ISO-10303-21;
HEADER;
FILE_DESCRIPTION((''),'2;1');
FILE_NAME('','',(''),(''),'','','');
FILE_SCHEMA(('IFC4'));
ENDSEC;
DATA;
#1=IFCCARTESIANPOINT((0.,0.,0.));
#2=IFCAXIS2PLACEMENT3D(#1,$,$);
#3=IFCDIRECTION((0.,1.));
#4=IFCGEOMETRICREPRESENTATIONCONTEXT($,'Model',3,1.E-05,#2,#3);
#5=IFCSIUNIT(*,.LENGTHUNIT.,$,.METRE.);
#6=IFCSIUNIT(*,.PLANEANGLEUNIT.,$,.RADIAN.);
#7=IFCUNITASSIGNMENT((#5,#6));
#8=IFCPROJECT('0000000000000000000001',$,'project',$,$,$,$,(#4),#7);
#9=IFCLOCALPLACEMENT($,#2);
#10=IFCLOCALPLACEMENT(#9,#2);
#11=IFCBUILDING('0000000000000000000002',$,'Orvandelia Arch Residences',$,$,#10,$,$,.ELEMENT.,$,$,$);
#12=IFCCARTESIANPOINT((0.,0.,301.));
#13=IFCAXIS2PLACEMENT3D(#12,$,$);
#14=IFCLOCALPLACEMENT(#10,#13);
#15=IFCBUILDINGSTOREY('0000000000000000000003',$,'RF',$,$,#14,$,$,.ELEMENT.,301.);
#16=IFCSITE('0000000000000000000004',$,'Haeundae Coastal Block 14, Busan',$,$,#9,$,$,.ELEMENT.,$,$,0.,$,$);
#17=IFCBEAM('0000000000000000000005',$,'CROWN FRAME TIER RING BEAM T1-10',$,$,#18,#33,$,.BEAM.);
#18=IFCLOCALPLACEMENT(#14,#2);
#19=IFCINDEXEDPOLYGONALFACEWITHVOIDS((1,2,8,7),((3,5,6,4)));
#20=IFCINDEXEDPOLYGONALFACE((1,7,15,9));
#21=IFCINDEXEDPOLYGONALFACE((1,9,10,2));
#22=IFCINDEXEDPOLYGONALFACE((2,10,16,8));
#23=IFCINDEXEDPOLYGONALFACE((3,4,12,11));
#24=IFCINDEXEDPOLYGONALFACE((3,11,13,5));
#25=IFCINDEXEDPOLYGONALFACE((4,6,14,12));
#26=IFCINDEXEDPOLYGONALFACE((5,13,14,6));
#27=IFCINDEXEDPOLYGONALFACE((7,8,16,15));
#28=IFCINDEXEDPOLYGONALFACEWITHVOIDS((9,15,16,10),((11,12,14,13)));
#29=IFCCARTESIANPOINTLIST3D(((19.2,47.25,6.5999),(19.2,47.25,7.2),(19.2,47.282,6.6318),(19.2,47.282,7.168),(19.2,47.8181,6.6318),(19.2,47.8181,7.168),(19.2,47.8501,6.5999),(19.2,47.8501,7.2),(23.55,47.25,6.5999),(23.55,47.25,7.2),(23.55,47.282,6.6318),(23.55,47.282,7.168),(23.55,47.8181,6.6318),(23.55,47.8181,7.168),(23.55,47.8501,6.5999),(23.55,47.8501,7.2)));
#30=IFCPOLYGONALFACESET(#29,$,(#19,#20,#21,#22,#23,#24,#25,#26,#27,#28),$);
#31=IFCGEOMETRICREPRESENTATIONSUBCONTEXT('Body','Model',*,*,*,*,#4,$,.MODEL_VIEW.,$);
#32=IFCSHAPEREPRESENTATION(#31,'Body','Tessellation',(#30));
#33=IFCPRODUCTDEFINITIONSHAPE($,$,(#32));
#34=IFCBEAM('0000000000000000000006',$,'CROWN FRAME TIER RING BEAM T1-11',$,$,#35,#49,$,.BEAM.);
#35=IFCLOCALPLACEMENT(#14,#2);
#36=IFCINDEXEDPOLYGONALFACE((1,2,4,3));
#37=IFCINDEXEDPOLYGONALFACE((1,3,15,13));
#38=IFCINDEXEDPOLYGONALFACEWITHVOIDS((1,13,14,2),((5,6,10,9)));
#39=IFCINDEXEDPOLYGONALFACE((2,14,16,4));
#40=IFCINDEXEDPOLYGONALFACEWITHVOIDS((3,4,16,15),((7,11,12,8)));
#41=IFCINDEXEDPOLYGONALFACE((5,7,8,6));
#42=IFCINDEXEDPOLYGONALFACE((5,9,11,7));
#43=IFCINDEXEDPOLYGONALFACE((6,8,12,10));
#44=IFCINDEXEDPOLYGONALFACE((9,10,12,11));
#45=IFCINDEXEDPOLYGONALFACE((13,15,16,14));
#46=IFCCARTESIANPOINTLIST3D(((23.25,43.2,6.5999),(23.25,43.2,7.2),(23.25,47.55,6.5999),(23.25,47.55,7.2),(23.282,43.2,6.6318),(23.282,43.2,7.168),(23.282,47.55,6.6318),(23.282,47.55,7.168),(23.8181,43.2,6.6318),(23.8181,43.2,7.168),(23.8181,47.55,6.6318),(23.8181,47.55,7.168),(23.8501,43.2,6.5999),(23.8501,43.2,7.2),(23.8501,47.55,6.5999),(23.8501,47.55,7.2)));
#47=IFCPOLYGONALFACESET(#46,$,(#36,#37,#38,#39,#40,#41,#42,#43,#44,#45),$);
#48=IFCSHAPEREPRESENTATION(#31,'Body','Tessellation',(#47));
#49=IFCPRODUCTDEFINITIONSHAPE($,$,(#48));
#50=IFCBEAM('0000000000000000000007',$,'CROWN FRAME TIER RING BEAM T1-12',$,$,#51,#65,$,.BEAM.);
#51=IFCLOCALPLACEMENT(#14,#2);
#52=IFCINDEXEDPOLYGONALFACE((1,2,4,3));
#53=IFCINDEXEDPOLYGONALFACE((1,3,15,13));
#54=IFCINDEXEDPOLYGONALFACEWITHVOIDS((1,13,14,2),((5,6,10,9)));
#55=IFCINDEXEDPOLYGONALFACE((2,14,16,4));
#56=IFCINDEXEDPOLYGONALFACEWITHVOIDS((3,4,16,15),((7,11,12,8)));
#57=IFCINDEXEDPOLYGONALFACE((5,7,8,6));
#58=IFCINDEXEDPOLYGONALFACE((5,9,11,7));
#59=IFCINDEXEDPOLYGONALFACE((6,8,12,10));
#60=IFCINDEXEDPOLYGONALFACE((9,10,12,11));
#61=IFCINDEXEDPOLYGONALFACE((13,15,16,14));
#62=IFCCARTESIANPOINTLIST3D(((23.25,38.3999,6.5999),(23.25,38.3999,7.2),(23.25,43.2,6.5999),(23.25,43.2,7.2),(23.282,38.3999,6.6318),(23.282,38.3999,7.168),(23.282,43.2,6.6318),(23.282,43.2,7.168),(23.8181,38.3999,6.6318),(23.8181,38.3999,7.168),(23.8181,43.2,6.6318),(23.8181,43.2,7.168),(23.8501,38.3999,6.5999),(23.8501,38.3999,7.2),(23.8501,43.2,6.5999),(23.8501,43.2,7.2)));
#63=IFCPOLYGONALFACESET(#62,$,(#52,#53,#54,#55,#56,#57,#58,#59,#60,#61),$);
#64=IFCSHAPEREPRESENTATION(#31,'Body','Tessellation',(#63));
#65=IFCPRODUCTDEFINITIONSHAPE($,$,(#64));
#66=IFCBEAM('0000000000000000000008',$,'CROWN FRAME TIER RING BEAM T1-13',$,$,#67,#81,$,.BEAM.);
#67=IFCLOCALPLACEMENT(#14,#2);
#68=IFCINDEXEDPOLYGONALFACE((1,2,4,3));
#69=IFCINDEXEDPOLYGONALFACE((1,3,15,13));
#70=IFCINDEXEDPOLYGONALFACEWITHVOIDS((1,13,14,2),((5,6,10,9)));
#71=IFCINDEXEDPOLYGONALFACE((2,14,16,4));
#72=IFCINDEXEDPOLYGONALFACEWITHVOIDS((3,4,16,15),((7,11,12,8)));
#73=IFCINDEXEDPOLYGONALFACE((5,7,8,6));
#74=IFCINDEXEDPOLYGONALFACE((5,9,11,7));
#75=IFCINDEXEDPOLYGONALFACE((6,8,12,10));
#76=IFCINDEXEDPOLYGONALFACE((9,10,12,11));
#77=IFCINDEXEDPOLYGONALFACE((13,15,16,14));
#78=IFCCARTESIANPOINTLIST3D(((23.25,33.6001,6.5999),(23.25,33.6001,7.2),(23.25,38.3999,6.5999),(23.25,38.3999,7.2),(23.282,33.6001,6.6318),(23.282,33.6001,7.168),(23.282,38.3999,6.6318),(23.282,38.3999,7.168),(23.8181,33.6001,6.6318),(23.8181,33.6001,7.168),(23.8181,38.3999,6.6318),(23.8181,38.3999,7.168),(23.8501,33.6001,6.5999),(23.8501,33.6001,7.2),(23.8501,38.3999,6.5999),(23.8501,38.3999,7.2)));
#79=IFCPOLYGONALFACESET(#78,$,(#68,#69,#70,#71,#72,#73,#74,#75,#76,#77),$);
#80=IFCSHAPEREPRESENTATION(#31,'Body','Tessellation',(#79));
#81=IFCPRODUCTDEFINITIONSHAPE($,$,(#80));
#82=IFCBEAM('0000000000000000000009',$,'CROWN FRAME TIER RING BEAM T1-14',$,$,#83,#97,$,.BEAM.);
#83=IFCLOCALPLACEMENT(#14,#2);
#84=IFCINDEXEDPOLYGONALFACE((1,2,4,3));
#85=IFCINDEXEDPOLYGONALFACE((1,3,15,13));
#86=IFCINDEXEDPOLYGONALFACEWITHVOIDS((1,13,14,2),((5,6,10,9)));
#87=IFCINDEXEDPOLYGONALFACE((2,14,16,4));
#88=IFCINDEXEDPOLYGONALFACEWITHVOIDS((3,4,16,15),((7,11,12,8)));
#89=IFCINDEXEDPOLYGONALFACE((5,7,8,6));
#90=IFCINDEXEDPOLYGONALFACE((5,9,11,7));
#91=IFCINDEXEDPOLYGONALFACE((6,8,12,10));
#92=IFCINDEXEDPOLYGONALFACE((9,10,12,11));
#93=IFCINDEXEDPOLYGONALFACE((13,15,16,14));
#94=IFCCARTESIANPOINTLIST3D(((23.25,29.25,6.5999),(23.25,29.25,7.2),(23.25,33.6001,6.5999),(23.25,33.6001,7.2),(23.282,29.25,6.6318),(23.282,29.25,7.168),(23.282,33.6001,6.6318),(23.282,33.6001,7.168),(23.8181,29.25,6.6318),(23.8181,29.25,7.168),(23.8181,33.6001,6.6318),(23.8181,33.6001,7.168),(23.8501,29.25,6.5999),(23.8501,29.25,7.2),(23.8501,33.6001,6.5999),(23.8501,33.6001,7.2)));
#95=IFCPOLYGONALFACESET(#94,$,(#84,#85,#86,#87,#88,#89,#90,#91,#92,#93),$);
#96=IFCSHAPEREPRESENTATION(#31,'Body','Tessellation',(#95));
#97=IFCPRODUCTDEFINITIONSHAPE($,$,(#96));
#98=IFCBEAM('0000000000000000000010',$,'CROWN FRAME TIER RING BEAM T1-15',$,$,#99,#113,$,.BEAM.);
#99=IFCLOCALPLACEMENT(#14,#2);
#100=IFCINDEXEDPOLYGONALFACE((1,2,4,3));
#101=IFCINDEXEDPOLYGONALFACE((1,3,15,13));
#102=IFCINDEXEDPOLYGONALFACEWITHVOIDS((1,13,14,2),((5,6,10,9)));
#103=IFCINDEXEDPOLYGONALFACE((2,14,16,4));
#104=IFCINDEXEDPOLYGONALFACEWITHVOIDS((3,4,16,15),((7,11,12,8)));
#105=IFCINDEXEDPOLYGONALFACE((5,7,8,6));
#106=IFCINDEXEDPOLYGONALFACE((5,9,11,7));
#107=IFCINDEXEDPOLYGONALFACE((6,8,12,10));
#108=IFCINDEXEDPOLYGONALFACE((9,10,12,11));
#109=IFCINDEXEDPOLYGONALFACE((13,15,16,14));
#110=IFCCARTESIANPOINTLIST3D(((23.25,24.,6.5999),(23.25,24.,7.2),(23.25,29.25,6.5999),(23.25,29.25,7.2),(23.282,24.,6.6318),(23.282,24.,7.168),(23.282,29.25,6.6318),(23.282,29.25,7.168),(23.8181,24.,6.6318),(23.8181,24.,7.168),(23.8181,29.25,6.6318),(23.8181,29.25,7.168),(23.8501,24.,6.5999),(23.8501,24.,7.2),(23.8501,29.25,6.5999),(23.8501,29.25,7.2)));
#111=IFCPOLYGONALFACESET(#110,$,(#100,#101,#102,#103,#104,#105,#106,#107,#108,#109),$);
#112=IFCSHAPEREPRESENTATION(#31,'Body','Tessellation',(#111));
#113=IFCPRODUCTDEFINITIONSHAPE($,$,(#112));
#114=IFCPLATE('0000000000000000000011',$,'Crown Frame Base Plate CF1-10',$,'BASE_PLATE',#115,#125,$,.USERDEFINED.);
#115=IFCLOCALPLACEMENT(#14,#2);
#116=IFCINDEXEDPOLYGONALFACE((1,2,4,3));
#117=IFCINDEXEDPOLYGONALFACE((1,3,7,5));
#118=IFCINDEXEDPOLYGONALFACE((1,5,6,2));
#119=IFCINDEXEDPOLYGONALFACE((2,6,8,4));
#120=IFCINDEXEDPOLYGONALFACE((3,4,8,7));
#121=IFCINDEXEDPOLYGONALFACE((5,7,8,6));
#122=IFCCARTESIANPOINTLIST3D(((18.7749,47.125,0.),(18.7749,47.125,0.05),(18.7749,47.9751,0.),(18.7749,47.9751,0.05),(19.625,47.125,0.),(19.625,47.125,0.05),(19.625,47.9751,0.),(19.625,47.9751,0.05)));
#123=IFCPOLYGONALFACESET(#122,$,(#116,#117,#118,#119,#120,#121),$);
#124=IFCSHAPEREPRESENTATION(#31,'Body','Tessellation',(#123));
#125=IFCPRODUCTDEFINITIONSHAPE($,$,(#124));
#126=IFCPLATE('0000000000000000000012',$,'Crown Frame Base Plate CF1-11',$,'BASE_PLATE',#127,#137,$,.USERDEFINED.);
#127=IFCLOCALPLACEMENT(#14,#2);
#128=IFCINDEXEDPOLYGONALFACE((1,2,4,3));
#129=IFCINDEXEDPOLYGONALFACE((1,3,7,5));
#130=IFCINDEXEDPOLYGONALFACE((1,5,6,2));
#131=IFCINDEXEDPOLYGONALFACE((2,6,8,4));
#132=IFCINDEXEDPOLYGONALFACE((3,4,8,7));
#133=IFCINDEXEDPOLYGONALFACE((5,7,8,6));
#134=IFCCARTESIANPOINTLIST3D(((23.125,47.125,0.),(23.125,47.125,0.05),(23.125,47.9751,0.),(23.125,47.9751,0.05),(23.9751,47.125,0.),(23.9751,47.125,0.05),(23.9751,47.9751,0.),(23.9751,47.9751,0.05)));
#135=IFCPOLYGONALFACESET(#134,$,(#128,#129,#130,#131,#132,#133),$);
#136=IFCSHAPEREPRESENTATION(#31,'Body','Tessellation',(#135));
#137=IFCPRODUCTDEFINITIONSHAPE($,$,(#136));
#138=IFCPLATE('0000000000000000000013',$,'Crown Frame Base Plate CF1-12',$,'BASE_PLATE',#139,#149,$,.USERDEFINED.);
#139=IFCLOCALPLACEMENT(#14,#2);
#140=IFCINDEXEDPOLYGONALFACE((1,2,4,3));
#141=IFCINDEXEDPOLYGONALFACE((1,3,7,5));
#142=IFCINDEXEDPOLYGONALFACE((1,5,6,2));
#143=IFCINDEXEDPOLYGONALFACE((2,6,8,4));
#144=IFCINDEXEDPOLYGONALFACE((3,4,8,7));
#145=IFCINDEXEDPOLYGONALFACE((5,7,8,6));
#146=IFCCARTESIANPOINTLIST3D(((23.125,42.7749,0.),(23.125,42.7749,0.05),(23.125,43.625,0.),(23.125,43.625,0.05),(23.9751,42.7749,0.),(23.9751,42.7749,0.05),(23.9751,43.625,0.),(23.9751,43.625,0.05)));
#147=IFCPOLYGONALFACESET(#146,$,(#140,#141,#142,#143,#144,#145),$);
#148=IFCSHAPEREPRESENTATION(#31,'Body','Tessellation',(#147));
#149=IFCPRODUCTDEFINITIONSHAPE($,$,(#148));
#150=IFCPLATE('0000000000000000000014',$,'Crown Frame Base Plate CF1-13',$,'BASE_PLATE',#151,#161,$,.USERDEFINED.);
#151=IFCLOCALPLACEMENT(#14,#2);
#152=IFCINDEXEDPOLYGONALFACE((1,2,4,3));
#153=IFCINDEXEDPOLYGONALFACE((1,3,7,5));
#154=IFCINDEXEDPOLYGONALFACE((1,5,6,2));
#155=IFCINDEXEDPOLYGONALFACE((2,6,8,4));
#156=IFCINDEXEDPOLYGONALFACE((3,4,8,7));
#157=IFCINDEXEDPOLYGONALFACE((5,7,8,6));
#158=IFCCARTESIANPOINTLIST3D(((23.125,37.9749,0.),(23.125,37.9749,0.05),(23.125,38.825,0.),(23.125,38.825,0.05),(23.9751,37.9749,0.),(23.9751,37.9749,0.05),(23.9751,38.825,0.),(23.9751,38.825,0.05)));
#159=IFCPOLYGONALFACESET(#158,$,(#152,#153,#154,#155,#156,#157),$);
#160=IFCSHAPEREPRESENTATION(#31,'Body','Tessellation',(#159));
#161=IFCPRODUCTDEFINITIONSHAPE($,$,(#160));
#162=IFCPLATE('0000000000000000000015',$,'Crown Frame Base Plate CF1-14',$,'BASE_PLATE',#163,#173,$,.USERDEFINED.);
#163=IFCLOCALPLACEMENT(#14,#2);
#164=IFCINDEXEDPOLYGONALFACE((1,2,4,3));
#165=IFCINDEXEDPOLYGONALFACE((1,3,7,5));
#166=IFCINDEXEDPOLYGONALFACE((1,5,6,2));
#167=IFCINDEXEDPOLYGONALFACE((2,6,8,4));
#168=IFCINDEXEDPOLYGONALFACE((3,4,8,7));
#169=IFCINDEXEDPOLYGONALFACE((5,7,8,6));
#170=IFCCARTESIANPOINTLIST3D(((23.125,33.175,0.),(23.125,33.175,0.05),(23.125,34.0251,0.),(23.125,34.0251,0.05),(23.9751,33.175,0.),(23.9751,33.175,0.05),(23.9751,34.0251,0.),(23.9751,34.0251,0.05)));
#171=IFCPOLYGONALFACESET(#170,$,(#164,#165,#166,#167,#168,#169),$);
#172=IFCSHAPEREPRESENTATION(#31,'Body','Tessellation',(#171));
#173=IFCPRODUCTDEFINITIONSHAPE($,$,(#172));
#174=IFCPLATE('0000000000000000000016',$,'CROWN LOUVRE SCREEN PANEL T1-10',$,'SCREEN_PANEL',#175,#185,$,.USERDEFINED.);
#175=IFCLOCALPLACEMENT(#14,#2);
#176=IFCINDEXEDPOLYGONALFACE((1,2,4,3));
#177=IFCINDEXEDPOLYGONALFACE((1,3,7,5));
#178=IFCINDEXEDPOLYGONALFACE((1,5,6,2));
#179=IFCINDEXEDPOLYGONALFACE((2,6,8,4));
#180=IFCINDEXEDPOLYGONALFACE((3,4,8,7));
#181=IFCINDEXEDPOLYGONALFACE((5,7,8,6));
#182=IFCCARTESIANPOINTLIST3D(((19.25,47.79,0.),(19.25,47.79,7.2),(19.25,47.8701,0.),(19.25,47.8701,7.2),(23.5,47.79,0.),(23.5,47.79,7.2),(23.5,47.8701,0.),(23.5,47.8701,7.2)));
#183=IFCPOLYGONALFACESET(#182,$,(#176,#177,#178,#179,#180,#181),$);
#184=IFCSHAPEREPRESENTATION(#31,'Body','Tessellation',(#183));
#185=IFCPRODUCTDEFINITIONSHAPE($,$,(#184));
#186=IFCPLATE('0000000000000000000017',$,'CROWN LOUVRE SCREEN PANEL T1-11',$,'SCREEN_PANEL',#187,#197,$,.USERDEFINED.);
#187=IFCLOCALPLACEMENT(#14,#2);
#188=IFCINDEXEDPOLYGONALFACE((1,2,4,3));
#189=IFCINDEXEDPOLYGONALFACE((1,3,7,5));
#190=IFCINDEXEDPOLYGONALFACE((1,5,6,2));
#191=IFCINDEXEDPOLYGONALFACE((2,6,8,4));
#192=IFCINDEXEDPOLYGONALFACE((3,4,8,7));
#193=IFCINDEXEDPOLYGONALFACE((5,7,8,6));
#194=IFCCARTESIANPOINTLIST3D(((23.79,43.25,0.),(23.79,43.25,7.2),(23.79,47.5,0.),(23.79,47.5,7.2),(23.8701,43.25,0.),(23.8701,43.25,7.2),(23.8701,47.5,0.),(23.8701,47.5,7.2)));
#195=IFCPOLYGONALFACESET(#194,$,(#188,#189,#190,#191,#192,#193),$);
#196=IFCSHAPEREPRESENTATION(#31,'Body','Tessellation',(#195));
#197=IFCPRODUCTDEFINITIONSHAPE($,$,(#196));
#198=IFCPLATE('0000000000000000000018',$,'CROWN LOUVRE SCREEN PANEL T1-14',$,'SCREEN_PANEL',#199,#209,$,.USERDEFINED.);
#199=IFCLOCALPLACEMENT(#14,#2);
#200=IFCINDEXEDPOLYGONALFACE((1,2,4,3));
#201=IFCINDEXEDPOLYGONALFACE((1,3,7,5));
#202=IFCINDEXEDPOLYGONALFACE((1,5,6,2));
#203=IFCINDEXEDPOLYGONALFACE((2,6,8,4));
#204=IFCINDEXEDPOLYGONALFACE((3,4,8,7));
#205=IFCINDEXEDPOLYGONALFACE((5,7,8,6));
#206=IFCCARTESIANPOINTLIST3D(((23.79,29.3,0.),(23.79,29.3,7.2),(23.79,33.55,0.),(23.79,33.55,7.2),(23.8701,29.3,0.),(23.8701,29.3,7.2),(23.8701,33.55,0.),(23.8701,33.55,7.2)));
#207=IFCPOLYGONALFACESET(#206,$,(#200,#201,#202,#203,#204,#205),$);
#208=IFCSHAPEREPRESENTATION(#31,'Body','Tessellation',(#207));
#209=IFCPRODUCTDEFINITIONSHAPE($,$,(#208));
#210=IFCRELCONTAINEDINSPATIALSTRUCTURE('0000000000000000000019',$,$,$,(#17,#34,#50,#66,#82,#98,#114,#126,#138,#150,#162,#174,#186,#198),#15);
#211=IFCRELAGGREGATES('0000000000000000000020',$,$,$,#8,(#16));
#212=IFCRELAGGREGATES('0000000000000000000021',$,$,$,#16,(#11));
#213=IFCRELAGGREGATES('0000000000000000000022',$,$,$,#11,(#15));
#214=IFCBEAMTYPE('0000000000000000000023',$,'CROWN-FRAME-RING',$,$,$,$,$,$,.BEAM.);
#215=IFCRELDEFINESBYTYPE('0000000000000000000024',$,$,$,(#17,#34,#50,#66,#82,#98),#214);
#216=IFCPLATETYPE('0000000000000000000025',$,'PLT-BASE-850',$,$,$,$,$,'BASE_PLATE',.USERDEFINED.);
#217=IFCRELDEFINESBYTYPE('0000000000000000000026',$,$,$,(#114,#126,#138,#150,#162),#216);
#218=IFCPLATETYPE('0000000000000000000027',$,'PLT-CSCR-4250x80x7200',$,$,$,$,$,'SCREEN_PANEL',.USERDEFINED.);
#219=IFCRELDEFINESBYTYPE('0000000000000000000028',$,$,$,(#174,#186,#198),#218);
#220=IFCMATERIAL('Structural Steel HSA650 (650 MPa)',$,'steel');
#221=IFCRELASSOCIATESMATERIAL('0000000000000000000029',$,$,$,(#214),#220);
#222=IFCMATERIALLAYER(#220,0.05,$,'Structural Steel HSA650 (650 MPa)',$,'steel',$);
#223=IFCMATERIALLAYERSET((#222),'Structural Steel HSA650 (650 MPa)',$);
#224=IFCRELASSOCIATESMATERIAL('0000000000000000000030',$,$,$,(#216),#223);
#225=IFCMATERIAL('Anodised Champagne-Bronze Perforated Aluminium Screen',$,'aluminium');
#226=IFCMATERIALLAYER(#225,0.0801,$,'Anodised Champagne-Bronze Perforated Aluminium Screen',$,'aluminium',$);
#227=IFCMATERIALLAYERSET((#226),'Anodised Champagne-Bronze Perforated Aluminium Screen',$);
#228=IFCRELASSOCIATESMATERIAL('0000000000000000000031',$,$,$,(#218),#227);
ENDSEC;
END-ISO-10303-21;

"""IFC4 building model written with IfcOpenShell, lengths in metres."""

from ifc_helpers import new_model, si_unit, direction, frame, origin, origin_2d, place, context, subcontext, project, spatial, rectangle, hollow_rectangle, extrude, material, layer, layer_set, material_profile, profile_set, type_object, element, save


model = new_model("IFC4")

# Units and contexts
model_context = context("Model", 3, precision=1e-05, world=origin(), true_north=direction((0.0, 1.0)))
body_context = subcontext(model_context, "Body", "Model", "MODEL_VIEW")
ifc_project = project(units=[si_unit("LENGTHUNIT", "METRE"), si_unit("PLANEANGLEUNIT", "RADIAN")], contexts=[model_context])

# Site, building, storey
site_placement = place(None, origin())
site = spatial("IfcSite", under=ifc_project, at=site_placement, Name="Haeundae Coastal Block 14, Busan", CompositionType="ELEMENT", RefElevation=0.0)
building_placement = place(site_placement, origin())
building = spatial("IfcBuilding", under=site, at=building_placement, Name="Orvandelia Arch Residences", CompositionType="ELEMENT")
storey_placement = place(building_placement, frame((0.0, 0.0, 301.0)))
storey = spatial("IfcBuildingStorey", under=building, at=storey_placement, Name="RF", CompositionType="ELEMENT", Elevation=301.0)

# Shared definitions
ifc_material_1 = material(Name="Structural Steel HSA650 (650 MPa)", Category="steel")

# Beams
ifc_material_profile_1 = material_profile(ifc_material_1, hollow_rectangle(XDim=0.6001, YDim=0.6001, WallThickness=0.032, at=origin_2d()), Name="Structural Steel HSA650 (650 MPa)", Category="steel")
ifc_profile_set_1 = profile_set([ifc_material_profile_1], Name="Structural Steel HSA650 (650 MPa)")
beam_type = type_object("IfcBeamType", Name="CROWN-FRAME-RING", PredefinedType="BEAM", material=ifc_profile_set_1)
for number, where, z_axis, x_axis, name in (
    (1, (19.2, 47.55, 6.8999), (1.0, 0.0, 0.0), (0.0, 1.0, 0.0), "CROWN FRAME TIER RING BEAM T1-10"),
    (2, (23.55, 47.55, 6.8999), (0.0, -1.0, 0.0), (1.0, 0.0, 0.0), "CROWN FRAME TIER RING BEAM T1-11"),
):
    element("IfcBeam", number, at=place(storey_placement, frame(where, z_axis=z_axis, x_axis=x_axis)), inside=storey, type_object=beam_type, Name=name, PredefinedType="BEAM", context=body_context, shape_type="SweptSolid", body=[
        extrude(hollow_rectangle(XDim=0.6001, YDim=0.6001, WallThickness=0.032, at=origin_2d()), origin(), (0.0, 0.0, 1.0), 4.3501),
    ])
beam_1_placement = place(storey_placement, frame((23.55, 43.2, 6.8999), z_axis=(0.0, -1.0, 0.0), x_axis=(1.0, 0.0, 0.0)))
element("IfcBeam", 3, at=beam_1_placement, inside=storey, type_object=beam_type, Name="CROWN FRAME TIER RING BEAM T1-12", PredefinedType="BEAM", context=body_context, shape_type="SweptSolid", body=[
    extrude(hollow_rectangle(XDim=0.6001, YDim=0.6001, WallThickness=0.032, at=origin_2d()), origin(), (0.0, 0.0, 1.0), 4.8),
])
beam_2_placement = place(storey_placement, frame((23.55, 38.3999, 6.8999), z_axis=(0.0, -1.0, 0.0), x_axis=(1.0, 0.0, 0.0)))
element("IfcBeam", 4, at=beam_2_placement, inside=storey, type_object=beam_type, Name="CROWN FRAME TIER RING BEAM T1-13", PredefinedType="BEAM", context=body_context, shape_type="SweptSolid", body=[
    extrude(hollow_rectangle(XDim=0.6001, YDim=0.6001, WallThickness=0.032, at=origin_2d()), origin(), (0.0, 0.0, 1.0), 4.7998),
])
beam_3_placement = place(storey_placement, frame((23.55, 33.6001, 6.8999), z_axis=(0.0, -1.0, 0.0), x_axis=(1.0, 0.0, 0.0)))
element("IfcBeam", 5, at=beam_3_placement, inside=storey, type_object=beam_type, Name="CROWN FRAME TIER RING BEAM T1-14", PredefinedType="BEAM", context=body_context, shape_type="SweptSolid", body=[
    extrude(hollow_rectangle(XDim=0.6001, YDim=0.6001, WallThickness=0.032, at=origin_2d()), origin(), (0.0, 0.0, 1.0), 4.3501),
])
beam_4_placement = place(storey_placement, frame((23.55, 29.25, 6.8999), z_axis=(0.0, -1.0, 0.0), x_axis=(1.0, 0.0, 0.0)))
element("IfcBeam", 6, at=beam_4_placement, inside=storey, type_object=beam_type, Name="CROWN FRAME TIER RING BEAM T1-15", PredefinedType="BEAM", context=body_context, shape_type="SweptSolid", body=[
    extrude(hollow_rectangle(XDim=0.6001, YDim=0.6001, WallThickness=0.032, at=origin_2d()), origin(), (0.0, 0.0, 1.0), 5.25),
])

# Plates
ifc_layer_1 = layer(ifc_material_1, 0.05, Name="Structural Steel HSA650 (650 MPa)", Category="steel")
ifc_layer_set_1 = layer_set([ifc_layer_1], Name="Structural Steel HSA650 (650 MPa)")
plate_type_1 = type_object("IfcPlateType", Name="PLT-BASE-850", ElementType="BASE_PLATE", PredefinedType="USERDEFINED", material=ifc_layer_set_1)
for number, where, z_axis, x_axis, name in (
    (7, (19.2, 47.55, 0.0), (0.0, 0.0, 1.0), (1.0, 0.0, 0.0), "Crown Frame Base Plate CF1-10"),
    (8, (23.55, 47.55, 0.0), (0.0, 0.0, 1.0), (1.0, 0.0, 0.0), "Crown Frame Base Plate CF1-11"),
    (9, (23.55, 43.2, 0.0), (0.0, 0.0, 1.0), (1.0, 0.0, 0.0), "Crown Frame Base Plate CF1-12"),
    (10, (23.55, 38.3999, 0.0), (0.0, 0.0, 1.0), (1.0, 0.0, 0.0), "Crown Frame Base Plate CF1-13"),
    (11, (23.55, 33.6001, 0.0), (0.0, 0.0, 1.0), (1.0, 0.0, 0.0), "Crown Frame Base Plate CF1-14"),
):
    element("IfcPlate", number, at=place(storey_placement, frame(where, z_axis=z_axis, x_axis=x_axis)), inside=storey, type_object=plate_type_1, Name=name, ObjectType="BASE_PLATE", PredefinedType="USERDEFINED", context=body_context, shape_type="SweptSolid", body=[
        extrude(rectangle(XDim=0.8501, YDim=0.8501, at=origin_2d()), origin(), (0.0, 0.0, 1.0), 0.05),
    ])
ifc_material_2 = material(Name="Anodised Champagne-Bronze Perforated Aluminium Screen", Category="aluminium")
ifc_layer_2 = layer(ifc_material_2, 0.0801, Name="Anodised Champagne-Bronze Perforated Aluminium Screen", Category="aluminium")
ifc_layer_set_2 = layer_set([ifc_layer_2], Name="Anodised Champagne-Bronze Perforated Aluminium Screen")
plate_type_2 = type_object("IfcPlateType", Name="PLT-CSCR-4250x80x7200", ElementType="SCREEN_PANEL", PredefinedType="USERDEFINED", material=ifc_layer_set_2)
for number, where, z_axis, x_axis, name in (
    (12, (21.375, 47.8301, 0.0), (0.0, 0.0, 1.0), (1.0, 0.0, 0.0), "CROWN LOUVRE SCREEN PANEL T1-10"),
    (13, (23.8301, 45.375, 0.0), (0.0, 0.0, 1.0), (0.0, -1.0, 0.0), "CROWN LOUVRE SCREEN PANEL T1-11"),
    (14, (23.8301, 31.425, 0.0), (0.0, 0.0, 1.0), (0.0, -1.0, 0.0), "CROWN LOUVRE SCREEN PANEL T1-14"),
):
    element("IfcPlate", number, at=place(storey_placement, frame(where, z_axis=z_axis, x_axis=x_axis)), inside=storey, type_object=plate_type_2, Name=name, ObjectType="SCREEN_PANEL", PredefinedType="USERDEFINED", context=body_context, shape_type="SweptSolid", body=[
        extrude(rectangle(XDim=4.25, YDim=0.0801, at=origin_2d()), origin(), (0.0, 0.0, 1.0), 7.2),
    ])

save(model, "model.ifc")
